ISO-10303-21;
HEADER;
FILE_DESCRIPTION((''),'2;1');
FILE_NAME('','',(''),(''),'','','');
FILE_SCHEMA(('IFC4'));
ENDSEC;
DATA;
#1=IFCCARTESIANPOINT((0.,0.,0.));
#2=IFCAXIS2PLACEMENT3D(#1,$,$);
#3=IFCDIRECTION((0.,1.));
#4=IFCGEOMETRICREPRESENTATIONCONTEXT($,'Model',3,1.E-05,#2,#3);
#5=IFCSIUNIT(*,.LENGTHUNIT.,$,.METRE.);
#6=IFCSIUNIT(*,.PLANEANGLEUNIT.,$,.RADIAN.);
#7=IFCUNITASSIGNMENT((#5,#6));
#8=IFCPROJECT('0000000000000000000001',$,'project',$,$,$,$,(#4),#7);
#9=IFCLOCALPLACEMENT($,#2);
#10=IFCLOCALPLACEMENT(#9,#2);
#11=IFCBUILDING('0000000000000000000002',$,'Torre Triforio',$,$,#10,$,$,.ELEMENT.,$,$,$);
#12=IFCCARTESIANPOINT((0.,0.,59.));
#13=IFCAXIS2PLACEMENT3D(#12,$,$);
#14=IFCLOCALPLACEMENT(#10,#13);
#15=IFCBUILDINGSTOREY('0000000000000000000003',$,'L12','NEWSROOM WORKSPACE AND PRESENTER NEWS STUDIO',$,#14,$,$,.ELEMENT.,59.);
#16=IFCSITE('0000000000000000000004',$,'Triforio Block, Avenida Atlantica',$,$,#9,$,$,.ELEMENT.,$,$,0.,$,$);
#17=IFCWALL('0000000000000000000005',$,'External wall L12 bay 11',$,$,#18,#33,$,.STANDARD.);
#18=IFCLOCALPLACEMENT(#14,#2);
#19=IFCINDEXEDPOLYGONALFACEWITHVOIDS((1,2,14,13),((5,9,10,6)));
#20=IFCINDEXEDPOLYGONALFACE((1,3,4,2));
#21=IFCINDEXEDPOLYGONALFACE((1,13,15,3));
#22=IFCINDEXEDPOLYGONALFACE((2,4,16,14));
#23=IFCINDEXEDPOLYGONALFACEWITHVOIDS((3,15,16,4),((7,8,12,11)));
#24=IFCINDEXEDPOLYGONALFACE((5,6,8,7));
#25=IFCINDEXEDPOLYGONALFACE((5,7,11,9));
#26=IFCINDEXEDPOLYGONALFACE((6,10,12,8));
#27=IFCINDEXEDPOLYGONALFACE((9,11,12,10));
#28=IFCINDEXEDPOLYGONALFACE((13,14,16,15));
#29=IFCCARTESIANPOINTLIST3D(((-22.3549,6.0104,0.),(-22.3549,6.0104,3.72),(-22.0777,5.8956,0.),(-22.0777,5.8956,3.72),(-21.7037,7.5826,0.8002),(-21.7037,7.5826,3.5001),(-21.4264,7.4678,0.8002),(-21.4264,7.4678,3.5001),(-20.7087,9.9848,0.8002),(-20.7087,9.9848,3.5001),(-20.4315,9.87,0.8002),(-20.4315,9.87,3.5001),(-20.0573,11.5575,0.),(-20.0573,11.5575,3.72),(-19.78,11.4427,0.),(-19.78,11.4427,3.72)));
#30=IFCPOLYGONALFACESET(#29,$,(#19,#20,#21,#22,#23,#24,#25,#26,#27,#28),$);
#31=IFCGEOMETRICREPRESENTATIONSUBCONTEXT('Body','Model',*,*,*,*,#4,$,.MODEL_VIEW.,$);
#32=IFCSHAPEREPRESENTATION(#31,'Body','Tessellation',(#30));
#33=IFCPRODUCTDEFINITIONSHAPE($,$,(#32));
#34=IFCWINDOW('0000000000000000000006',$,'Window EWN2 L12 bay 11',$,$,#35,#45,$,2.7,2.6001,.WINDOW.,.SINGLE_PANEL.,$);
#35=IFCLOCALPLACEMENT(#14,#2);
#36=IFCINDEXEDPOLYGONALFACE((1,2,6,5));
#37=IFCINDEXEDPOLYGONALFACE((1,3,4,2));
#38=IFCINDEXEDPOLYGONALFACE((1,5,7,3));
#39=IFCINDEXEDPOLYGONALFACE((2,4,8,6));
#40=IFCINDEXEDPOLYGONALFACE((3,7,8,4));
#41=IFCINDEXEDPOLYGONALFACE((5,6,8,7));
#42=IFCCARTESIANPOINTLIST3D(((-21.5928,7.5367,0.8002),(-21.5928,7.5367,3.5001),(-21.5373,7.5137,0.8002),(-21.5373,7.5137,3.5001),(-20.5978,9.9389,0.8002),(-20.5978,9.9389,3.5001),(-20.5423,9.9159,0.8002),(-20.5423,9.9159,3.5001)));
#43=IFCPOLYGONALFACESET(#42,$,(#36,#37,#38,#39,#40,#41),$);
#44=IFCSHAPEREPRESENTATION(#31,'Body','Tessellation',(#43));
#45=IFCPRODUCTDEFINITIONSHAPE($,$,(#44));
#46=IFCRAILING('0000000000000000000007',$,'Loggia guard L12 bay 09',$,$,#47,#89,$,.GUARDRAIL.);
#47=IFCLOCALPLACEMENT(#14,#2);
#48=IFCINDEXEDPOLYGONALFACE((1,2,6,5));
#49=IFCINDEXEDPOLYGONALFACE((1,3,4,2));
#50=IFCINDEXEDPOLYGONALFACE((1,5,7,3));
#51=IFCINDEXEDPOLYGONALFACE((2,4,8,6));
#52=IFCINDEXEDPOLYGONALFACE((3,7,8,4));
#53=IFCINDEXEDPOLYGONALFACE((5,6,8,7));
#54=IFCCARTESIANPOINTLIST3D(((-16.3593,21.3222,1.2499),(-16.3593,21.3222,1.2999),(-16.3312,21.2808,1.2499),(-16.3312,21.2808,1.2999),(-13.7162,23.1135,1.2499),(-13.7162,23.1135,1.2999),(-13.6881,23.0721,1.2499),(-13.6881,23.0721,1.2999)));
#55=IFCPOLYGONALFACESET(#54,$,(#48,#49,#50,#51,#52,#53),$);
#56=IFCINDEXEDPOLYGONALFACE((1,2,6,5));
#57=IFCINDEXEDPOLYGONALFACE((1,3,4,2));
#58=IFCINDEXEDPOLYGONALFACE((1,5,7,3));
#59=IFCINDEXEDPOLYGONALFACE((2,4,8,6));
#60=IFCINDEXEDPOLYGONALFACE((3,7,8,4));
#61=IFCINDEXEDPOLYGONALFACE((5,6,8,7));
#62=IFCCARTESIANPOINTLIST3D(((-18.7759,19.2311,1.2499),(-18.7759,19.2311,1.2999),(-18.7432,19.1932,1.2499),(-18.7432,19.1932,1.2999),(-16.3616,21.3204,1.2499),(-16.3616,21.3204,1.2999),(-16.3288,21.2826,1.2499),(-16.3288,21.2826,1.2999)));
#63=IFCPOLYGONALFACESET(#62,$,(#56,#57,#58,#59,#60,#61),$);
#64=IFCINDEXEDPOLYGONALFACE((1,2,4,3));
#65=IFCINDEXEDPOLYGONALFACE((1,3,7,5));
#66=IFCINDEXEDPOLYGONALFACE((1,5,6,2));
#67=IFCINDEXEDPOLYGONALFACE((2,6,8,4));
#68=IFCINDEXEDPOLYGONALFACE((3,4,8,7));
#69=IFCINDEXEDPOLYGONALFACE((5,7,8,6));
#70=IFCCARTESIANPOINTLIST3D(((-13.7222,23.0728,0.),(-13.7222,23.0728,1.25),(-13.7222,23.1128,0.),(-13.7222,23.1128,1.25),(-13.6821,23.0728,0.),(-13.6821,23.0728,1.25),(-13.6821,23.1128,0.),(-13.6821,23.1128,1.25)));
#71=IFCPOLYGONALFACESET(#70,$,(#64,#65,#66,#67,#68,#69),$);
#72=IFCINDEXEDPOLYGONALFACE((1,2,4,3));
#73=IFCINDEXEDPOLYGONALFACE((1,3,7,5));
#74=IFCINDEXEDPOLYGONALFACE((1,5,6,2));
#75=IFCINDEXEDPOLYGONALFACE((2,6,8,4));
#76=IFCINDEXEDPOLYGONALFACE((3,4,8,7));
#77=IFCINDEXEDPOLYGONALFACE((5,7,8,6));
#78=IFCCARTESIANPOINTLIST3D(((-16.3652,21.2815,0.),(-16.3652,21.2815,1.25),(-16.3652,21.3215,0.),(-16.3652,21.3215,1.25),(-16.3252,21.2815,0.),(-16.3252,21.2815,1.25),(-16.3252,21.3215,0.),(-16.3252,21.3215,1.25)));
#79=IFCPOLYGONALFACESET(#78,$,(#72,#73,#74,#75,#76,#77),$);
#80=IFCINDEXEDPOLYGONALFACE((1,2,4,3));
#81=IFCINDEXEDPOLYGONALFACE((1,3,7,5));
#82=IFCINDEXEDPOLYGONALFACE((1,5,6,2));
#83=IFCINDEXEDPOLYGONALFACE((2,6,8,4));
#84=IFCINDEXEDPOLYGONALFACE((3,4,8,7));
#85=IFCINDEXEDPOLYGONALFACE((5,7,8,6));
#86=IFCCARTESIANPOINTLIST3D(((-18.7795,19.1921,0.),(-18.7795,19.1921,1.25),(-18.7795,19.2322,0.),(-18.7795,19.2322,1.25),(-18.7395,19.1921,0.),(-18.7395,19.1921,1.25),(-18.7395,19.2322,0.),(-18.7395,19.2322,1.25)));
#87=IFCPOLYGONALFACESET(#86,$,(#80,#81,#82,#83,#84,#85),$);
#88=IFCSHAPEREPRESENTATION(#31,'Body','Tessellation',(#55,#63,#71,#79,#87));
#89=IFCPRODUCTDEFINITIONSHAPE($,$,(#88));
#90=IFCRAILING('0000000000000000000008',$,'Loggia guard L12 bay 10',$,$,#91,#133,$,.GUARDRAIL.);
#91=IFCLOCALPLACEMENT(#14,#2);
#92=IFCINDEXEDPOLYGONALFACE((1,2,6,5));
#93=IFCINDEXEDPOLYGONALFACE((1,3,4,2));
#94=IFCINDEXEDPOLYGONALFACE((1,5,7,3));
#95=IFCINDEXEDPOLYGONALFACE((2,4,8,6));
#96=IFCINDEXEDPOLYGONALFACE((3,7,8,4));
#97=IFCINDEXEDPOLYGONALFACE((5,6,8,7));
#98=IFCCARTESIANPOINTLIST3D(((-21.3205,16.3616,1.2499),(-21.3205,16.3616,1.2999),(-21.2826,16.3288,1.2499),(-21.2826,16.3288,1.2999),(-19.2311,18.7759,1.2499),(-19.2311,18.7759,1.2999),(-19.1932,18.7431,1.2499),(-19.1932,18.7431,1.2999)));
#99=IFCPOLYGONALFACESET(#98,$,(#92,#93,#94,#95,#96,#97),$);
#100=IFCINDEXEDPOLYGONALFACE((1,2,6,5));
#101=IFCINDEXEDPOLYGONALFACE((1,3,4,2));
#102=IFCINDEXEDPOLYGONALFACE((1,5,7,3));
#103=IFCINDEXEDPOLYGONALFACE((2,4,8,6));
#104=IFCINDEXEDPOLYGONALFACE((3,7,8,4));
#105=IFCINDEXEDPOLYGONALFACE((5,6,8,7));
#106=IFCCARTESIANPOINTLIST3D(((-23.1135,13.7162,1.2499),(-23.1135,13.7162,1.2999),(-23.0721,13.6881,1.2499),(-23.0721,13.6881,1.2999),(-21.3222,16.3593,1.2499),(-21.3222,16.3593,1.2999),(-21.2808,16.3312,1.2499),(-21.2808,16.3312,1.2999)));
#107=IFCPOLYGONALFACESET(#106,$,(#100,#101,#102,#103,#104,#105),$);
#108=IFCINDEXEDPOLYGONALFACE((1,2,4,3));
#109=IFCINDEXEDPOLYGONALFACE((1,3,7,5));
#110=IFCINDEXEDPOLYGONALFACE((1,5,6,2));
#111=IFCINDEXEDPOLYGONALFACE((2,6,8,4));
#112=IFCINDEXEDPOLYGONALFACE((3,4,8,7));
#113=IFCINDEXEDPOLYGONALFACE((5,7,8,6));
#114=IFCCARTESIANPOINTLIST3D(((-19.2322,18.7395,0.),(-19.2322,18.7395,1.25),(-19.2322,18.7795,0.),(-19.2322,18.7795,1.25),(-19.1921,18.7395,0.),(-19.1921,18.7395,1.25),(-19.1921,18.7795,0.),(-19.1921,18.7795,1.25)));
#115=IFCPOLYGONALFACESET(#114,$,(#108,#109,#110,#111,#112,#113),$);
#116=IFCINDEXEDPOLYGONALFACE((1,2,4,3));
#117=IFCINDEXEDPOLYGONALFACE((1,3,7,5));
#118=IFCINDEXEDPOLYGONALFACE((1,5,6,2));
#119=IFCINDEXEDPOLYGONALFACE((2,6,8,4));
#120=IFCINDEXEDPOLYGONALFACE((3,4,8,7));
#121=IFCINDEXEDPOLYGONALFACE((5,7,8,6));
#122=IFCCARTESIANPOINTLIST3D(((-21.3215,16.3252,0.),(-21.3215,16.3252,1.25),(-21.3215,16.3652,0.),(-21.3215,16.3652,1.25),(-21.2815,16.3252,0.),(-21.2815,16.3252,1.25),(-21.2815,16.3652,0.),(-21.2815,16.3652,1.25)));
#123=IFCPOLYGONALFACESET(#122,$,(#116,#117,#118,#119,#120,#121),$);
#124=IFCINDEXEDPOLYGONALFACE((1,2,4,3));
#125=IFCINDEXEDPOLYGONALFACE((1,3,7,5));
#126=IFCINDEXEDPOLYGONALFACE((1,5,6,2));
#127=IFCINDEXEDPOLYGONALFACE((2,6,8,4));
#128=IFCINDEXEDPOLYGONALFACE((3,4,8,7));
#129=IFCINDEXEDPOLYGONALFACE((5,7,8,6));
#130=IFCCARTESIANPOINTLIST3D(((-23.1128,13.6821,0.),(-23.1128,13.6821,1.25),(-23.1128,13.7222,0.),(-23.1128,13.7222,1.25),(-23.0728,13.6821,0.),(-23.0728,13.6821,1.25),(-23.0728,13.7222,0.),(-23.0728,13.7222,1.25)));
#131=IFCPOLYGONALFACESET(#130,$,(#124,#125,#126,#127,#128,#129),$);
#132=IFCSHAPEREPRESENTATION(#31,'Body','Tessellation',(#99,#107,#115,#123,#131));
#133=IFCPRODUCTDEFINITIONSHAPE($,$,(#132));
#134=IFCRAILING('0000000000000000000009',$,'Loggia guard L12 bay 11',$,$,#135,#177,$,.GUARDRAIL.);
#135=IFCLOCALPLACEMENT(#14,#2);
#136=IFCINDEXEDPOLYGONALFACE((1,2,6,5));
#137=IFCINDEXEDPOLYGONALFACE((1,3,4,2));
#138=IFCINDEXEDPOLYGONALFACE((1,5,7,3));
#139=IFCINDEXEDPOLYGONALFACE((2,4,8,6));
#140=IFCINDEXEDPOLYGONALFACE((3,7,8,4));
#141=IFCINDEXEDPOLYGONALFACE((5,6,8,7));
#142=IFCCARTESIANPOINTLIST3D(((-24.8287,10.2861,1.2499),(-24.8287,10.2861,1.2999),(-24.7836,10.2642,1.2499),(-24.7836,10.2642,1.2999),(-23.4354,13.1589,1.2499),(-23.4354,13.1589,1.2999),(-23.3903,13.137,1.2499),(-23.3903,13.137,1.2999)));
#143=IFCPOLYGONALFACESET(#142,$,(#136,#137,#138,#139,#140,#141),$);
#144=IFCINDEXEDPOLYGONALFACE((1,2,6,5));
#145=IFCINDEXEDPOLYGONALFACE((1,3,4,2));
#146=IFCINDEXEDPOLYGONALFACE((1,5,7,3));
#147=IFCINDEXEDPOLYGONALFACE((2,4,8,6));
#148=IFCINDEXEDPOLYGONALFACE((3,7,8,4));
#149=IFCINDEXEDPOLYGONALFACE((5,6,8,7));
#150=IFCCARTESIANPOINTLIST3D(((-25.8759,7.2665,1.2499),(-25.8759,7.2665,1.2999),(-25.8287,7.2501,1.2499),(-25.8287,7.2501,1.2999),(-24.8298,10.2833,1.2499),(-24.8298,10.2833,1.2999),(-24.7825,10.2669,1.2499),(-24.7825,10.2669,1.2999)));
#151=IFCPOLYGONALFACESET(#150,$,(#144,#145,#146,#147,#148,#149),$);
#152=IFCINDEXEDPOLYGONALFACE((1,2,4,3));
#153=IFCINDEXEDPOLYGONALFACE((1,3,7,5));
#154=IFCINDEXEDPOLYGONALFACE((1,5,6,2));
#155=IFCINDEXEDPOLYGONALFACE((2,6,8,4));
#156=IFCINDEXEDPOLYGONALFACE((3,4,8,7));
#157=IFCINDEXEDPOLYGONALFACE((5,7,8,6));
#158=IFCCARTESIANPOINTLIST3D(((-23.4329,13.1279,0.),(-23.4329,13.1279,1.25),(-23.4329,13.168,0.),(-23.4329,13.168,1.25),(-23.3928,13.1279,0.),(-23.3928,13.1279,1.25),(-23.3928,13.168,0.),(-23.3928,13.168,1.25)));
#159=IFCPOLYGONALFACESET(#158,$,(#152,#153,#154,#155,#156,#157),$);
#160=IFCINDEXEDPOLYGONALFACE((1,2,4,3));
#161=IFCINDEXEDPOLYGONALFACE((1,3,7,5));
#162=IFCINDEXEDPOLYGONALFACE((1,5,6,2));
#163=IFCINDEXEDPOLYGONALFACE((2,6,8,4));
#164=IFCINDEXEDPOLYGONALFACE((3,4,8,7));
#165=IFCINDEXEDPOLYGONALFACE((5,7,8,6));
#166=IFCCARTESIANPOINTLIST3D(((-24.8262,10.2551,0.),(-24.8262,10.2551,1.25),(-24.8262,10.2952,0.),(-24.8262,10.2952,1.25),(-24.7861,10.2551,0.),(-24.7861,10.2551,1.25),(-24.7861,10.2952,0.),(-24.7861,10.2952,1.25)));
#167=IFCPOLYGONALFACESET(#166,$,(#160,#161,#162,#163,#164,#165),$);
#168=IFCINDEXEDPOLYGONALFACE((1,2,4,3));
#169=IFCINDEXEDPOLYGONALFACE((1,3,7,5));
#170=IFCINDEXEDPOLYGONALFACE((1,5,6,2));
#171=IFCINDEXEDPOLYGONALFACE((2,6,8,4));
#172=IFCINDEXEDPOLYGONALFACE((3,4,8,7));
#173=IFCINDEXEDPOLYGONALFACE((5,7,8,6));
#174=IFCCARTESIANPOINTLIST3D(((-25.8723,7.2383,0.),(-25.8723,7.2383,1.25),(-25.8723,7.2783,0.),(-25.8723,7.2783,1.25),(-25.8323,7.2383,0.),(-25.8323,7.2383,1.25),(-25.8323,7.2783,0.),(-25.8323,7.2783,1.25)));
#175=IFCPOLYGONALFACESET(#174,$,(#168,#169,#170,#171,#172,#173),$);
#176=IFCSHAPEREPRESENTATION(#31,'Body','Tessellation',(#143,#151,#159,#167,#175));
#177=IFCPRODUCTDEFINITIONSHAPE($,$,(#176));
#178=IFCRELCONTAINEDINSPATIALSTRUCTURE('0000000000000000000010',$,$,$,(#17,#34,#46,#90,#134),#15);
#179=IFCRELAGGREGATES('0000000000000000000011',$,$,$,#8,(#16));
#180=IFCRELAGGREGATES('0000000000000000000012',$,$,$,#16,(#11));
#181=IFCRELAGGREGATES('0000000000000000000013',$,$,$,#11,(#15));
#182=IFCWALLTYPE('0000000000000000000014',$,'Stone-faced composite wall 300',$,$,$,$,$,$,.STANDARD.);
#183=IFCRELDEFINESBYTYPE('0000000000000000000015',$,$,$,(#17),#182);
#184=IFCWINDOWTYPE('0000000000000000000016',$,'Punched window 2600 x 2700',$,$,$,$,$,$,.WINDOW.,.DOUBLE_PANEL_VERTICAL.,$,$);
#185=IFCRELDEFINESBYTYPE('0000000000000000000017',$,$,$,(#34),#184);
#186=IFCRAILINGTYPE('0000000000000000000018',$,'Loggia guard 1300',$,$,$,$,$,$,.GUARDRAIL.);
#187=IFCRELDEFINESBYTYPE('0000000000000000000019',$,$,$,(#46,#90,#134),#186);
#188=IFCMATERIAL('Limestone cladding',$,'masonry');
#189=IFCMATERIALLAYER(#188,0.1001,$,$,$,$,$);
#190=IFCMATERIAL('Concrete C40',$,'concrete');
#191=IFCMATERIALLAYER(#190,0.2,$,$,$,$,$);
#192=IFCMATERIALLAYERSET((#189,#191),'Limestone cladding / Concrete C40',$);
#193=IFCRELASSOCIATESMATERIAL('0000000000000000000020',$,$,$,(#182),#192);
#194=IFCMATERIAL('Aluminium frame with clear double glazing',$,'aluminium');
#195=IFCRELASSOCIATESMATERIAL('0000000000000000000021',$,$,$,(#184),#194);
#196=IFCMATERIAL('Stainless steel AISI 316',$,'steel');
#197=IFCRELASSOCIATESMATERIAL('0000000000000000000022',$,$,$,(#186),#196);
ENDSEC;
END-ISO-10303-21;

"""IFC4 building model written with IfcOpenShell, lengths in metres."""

from ifc_helpers import new_model, si_unit, direction, frame, frame_2d, origin, origin_2d, place, context, subcontext, project, spatial, rectangle, extrude, material, layer, layer_set, type_object, element, fill, save


model = new_model("IFC4")

# Units and contexts
model_context = context("Model", 3, precision=1e-05, world=origin(), true_north=direction((0.0, 1.0)))
body_context = subcontext(model_context, "Body", "Model", "MODEL_VIEW")
ifc_project = project(units=[si_unit("LENGTHUNIT", "METRE"), si_unit("PLANEANGLEUNIT", "RADIAN")], contexts=[model_context])

# Site, building, storey
site_placement = place(None, origin())
site = spatial("IfcSite", under=ifc_project, at=site_placement, Name="Triforio Block, Avenida Atlantica", CompositionType="ELEMENT", RefElevation=0.0)
building_placement = place(site_placement, origin())
building = spatial("IfcBuilding", under=site, at=building_placement, Name="Torre Triforio", CompositionType="ELEMENT")
storey_placement = place(building_placement, frame((0.0, 0.0, 59.0)))
storey = spatial("IfcBuildingStorey", under=building, at=storey_placement, Name="L12", Description="NEWSROOM WORKSPACE AND PRESENTER NEWS STUDIO", CompositionType="ELEMENT", Elevation=59.0)

# Shared definitions
ifc_material_1 = material(Name="Limestone cladding", Category="masonry")
ifc_material_2 = material(Name="Concrete C40", Category="concrete")

# Shared definitions
ifc_layer_1 = layer(ifc_material_1, 0.1001)
ifc_layer_2 = layer(ifc_material_2, 0.2)
ifc_layer_set_1 = layer_set([ifc_layer_1, ifc_layer_2], Name="Limestone cladding / Concrete C40")
wall_type_1 = type_object("IfcWallType", Name="Stone-faced composite wall 300", PredefinedType="STANDARD", material=ifc_layer_set_1)
ifc_material_3 = material(Name="Aluminium frame with clear double glazing", Category="aluminium")
window_type_1 = type_object("IfcWindowType", Name="Punched window 2600 x 2700", PartitioningType="DOUBLE_PANEL_VERTICAL", PredefinedType="WINDOW", material=ifc_material_3)

# Wall, opening, window
wall_1_placement = place(storey_placement, frame((-19.9187, 11.5, 0.0), z_axis=(0.0, 0.0, 1.0), x_axis=(-0.382671, -0.923885, 0.0)))
wall_1 = element("IfcWall", 1, at=wall_1_placement, inside=storey, type_object=wall_type_1, Name="External wall L12 bay 11", PredefinedType="STANDARD", context=body_context, shape_type="SweptSolid", body=[
    extrude(rectangle(XDim=6.0042, YDim=0.3, at=frame_2d((3.002, 0.0))), origin(), (0.0, 0.0, 1.0), 3.72),
])
opening_1_placement = place(wall_1_placement, frame((1.7021, 0.0, 0.8)))
opening_1 = element("IfcOpeningElement", 2, at=opening_1_placement, cuts=wall_1, PredefinedType="OPENING", context=body_context, shape_type="SweptSolid", body=[
    extrude(rectangle(XDim=2.6001, YDim=2.7, at=frame_2d((1.3, 1.3501))), frame((0.0, 0.1599, 0.0), z_axis=(0.0, -1.0, 0.0), x_axis=(1.0, 0.0, 0.0)), (0.0, 0.0, 1.0), 0.3201),
])
window_1_placement = place(opening_1_placement, origin())
window_1 = element("IfcWindow", 3, at=window_1_placement, inside=storey, type_object=window_type_1, Name="Window EWN2 L12 bay 11", OverallHeight=2.7, OverallWidth=2.6001, PartitioningType="SINGLE_PANEL", PredefinedType="WINDOW", context=body_context, shape_type="SweptSolid", body=[
    extrude(rectangle(XDim=2.6001, YDim=2.7, at=frame_2d((1.3, 1.3501))), frame((0.0, 0.03, 0.0), z_axis=(0.0, -1.0, 0.0), x_axis=(1.0, 0.0, 0.0)), (0.0, 0.0, 1.0), 0.0601),
])
fill(opening_1, window_1)

# Railings
ifc_material_4 = material(Name="Stainless steel AISI 316", Category="steel")
railing_type = type_object("IfcRailingType", Name="Loggia guard 1300", PredefinedType="GUARDRAIL", material=ifc_material_4)
railing_1_placement = place(storey_placement, frame((-13.7021, 23.0928, 0.0)))
element("IfcRailing", 4, at=railing_1_placement, inside=storey, type_object=railing_type, Name="Loggia guard L12 bay 09", PredefinedType="GUARDRAIL", context=body_context, shape_type="SweptSolid", body=[
    extrude(rectangle(XDim=0.05, YDim=0.05, at=origin_2d()), frame((0.0, 0.0, 1.2749), z_axis=(-0.827803, -0.561019, 0.0), x_axis=(0.561019, -0.827803, 0.0)), (0.0, 0.0, 1.0), 3.1929),
    extrude(rectangle(XDim=0.05, YDim=0.05, at=origin_2d()), frame((-2.6431, -1.7913, 1.2749), z_axis=(-0.756161, -0.654386, 0.0), x_axis=(0.654386, -0.756161, 0.0)), (0.0, 0.0, 1.0), 3.1929),
    extrude(rectangle(XDim=0.04, YDim=0.04, at=origin_2d()), origin(), (0.0, 0.0, 1.0), 1.25),
    extrude(rectangle(XDim=0.04, YDim=0.04, at=origin_2d()), frame((-2.6431, -1.7913, 0.0)), (0.0, 0.0, 1.0), 1.25),
    extrude(rectangle(XDim=0.04, YDim=0.04, at=origin_2d()), frame((-5.0574, -3.8806, 0.0)), (0.0, 0.0, 1.0), 1.25),
])
railing_2_placement = place(storey_placement, frame((-19.2122, 18.7595, 0.0)))
element("IfcRailing", 5, at=railing_2_placement, inside=storey, type_object=railing_type, Name="Loggia guard L12 bay 10", PredefinedType="GUARDRAIL", context=body_context, shape_type="SweptSolid", body=[
    extrude(rectangle(XDim=0.05, YDim=0.05, at=origin_2d()), frame((0.0, 0.0, 1.2749), z_axis=(-0.654386, -0.756161, 0.0), x_axis=(0.756161, -0.654386, 0.0)), (0.0, 0.0, 1.0), 3.1929),
    extrude(rectangle(XDim=0.05, YDim=0.05, at=origin_2d()), frame((-2.0894, -2.4143, 1.2749), z_axis=(-0.561019, -0.827803, 0.0), x_axis=(0.827803, -0.561019, 0.0)), (0.0, 0.0, 1.0), 3.1929),
    extrude(rectangle(XDim=0.04, YDim=0.04, at=origin_2d()), origin(), (0.0, 0.0, 1.0), 1.25),
    extrude(rectangle(XDim=0.04, YDim=0.04, at=origin_2d()), frame((-2.0894, -2.4143, 0.0)), (0.0, 0.0, 1.0), 1.25),
    extrude(rectangle(XDim=0.04, YDim=0.04, at=origin_2d()), frame((-3.8806, -5.0574, 0.0)), (0.0, 0.0, 1.0), 1.25),
])
railing_3_placement = place(storey_placement, frame((-23.4128, 13.1479, 0.0)))
element("IfcRailing", 6, at=railing_3_placement, inside=storey, type_object=railing_type, Name="Loggia guard L12 bay 11", PredefinedType="GUARDRAIL", context=body_context, shape_type="SweptSolid", body=[
    extrude(rectangle(XDim=0.05, YDim=0.05, at=origin_2d()), frame((0.0, 0.0, 1.2749), z_axis=(-0.436384, -0.89976, 0.0), x_axis=(0.89976, -0.436384, 0.0)), (0.0, 0.0, 1.0), 3.1929),
    extrude(rectangle(XDim=0.05, YDim=0.05, at=origin_2d()), frame((-1.3933, -2.8728, 1.2749), z_axis=(-0.327628, -0.944807, 0.0), x_axis=(0.944807, -0.327628, 0.0)), (0.0, 0.0, 1.0), 3.1931),
    extrude(rectangle(XDim=0.04, YDim=0.04, at=origin_2d()), origin(), (0.0, 0.0, 1.0), 1.25),
    extrude(rectangle(XDim=0.04, YDim=0.04, at=origin_2d()), frame((-1.3933, -2.8728, 0.0)), (0.0, 0.0, 1.0), 1.25),
    extrude(rectangle(XDim=0.04, YDim=0.04, at=origin_2d()), frame((-2.4395, -5.8896, 0.0)), (0.0, 0.0, 1.0), 1.25),
])

save(model, "model.ifc")
